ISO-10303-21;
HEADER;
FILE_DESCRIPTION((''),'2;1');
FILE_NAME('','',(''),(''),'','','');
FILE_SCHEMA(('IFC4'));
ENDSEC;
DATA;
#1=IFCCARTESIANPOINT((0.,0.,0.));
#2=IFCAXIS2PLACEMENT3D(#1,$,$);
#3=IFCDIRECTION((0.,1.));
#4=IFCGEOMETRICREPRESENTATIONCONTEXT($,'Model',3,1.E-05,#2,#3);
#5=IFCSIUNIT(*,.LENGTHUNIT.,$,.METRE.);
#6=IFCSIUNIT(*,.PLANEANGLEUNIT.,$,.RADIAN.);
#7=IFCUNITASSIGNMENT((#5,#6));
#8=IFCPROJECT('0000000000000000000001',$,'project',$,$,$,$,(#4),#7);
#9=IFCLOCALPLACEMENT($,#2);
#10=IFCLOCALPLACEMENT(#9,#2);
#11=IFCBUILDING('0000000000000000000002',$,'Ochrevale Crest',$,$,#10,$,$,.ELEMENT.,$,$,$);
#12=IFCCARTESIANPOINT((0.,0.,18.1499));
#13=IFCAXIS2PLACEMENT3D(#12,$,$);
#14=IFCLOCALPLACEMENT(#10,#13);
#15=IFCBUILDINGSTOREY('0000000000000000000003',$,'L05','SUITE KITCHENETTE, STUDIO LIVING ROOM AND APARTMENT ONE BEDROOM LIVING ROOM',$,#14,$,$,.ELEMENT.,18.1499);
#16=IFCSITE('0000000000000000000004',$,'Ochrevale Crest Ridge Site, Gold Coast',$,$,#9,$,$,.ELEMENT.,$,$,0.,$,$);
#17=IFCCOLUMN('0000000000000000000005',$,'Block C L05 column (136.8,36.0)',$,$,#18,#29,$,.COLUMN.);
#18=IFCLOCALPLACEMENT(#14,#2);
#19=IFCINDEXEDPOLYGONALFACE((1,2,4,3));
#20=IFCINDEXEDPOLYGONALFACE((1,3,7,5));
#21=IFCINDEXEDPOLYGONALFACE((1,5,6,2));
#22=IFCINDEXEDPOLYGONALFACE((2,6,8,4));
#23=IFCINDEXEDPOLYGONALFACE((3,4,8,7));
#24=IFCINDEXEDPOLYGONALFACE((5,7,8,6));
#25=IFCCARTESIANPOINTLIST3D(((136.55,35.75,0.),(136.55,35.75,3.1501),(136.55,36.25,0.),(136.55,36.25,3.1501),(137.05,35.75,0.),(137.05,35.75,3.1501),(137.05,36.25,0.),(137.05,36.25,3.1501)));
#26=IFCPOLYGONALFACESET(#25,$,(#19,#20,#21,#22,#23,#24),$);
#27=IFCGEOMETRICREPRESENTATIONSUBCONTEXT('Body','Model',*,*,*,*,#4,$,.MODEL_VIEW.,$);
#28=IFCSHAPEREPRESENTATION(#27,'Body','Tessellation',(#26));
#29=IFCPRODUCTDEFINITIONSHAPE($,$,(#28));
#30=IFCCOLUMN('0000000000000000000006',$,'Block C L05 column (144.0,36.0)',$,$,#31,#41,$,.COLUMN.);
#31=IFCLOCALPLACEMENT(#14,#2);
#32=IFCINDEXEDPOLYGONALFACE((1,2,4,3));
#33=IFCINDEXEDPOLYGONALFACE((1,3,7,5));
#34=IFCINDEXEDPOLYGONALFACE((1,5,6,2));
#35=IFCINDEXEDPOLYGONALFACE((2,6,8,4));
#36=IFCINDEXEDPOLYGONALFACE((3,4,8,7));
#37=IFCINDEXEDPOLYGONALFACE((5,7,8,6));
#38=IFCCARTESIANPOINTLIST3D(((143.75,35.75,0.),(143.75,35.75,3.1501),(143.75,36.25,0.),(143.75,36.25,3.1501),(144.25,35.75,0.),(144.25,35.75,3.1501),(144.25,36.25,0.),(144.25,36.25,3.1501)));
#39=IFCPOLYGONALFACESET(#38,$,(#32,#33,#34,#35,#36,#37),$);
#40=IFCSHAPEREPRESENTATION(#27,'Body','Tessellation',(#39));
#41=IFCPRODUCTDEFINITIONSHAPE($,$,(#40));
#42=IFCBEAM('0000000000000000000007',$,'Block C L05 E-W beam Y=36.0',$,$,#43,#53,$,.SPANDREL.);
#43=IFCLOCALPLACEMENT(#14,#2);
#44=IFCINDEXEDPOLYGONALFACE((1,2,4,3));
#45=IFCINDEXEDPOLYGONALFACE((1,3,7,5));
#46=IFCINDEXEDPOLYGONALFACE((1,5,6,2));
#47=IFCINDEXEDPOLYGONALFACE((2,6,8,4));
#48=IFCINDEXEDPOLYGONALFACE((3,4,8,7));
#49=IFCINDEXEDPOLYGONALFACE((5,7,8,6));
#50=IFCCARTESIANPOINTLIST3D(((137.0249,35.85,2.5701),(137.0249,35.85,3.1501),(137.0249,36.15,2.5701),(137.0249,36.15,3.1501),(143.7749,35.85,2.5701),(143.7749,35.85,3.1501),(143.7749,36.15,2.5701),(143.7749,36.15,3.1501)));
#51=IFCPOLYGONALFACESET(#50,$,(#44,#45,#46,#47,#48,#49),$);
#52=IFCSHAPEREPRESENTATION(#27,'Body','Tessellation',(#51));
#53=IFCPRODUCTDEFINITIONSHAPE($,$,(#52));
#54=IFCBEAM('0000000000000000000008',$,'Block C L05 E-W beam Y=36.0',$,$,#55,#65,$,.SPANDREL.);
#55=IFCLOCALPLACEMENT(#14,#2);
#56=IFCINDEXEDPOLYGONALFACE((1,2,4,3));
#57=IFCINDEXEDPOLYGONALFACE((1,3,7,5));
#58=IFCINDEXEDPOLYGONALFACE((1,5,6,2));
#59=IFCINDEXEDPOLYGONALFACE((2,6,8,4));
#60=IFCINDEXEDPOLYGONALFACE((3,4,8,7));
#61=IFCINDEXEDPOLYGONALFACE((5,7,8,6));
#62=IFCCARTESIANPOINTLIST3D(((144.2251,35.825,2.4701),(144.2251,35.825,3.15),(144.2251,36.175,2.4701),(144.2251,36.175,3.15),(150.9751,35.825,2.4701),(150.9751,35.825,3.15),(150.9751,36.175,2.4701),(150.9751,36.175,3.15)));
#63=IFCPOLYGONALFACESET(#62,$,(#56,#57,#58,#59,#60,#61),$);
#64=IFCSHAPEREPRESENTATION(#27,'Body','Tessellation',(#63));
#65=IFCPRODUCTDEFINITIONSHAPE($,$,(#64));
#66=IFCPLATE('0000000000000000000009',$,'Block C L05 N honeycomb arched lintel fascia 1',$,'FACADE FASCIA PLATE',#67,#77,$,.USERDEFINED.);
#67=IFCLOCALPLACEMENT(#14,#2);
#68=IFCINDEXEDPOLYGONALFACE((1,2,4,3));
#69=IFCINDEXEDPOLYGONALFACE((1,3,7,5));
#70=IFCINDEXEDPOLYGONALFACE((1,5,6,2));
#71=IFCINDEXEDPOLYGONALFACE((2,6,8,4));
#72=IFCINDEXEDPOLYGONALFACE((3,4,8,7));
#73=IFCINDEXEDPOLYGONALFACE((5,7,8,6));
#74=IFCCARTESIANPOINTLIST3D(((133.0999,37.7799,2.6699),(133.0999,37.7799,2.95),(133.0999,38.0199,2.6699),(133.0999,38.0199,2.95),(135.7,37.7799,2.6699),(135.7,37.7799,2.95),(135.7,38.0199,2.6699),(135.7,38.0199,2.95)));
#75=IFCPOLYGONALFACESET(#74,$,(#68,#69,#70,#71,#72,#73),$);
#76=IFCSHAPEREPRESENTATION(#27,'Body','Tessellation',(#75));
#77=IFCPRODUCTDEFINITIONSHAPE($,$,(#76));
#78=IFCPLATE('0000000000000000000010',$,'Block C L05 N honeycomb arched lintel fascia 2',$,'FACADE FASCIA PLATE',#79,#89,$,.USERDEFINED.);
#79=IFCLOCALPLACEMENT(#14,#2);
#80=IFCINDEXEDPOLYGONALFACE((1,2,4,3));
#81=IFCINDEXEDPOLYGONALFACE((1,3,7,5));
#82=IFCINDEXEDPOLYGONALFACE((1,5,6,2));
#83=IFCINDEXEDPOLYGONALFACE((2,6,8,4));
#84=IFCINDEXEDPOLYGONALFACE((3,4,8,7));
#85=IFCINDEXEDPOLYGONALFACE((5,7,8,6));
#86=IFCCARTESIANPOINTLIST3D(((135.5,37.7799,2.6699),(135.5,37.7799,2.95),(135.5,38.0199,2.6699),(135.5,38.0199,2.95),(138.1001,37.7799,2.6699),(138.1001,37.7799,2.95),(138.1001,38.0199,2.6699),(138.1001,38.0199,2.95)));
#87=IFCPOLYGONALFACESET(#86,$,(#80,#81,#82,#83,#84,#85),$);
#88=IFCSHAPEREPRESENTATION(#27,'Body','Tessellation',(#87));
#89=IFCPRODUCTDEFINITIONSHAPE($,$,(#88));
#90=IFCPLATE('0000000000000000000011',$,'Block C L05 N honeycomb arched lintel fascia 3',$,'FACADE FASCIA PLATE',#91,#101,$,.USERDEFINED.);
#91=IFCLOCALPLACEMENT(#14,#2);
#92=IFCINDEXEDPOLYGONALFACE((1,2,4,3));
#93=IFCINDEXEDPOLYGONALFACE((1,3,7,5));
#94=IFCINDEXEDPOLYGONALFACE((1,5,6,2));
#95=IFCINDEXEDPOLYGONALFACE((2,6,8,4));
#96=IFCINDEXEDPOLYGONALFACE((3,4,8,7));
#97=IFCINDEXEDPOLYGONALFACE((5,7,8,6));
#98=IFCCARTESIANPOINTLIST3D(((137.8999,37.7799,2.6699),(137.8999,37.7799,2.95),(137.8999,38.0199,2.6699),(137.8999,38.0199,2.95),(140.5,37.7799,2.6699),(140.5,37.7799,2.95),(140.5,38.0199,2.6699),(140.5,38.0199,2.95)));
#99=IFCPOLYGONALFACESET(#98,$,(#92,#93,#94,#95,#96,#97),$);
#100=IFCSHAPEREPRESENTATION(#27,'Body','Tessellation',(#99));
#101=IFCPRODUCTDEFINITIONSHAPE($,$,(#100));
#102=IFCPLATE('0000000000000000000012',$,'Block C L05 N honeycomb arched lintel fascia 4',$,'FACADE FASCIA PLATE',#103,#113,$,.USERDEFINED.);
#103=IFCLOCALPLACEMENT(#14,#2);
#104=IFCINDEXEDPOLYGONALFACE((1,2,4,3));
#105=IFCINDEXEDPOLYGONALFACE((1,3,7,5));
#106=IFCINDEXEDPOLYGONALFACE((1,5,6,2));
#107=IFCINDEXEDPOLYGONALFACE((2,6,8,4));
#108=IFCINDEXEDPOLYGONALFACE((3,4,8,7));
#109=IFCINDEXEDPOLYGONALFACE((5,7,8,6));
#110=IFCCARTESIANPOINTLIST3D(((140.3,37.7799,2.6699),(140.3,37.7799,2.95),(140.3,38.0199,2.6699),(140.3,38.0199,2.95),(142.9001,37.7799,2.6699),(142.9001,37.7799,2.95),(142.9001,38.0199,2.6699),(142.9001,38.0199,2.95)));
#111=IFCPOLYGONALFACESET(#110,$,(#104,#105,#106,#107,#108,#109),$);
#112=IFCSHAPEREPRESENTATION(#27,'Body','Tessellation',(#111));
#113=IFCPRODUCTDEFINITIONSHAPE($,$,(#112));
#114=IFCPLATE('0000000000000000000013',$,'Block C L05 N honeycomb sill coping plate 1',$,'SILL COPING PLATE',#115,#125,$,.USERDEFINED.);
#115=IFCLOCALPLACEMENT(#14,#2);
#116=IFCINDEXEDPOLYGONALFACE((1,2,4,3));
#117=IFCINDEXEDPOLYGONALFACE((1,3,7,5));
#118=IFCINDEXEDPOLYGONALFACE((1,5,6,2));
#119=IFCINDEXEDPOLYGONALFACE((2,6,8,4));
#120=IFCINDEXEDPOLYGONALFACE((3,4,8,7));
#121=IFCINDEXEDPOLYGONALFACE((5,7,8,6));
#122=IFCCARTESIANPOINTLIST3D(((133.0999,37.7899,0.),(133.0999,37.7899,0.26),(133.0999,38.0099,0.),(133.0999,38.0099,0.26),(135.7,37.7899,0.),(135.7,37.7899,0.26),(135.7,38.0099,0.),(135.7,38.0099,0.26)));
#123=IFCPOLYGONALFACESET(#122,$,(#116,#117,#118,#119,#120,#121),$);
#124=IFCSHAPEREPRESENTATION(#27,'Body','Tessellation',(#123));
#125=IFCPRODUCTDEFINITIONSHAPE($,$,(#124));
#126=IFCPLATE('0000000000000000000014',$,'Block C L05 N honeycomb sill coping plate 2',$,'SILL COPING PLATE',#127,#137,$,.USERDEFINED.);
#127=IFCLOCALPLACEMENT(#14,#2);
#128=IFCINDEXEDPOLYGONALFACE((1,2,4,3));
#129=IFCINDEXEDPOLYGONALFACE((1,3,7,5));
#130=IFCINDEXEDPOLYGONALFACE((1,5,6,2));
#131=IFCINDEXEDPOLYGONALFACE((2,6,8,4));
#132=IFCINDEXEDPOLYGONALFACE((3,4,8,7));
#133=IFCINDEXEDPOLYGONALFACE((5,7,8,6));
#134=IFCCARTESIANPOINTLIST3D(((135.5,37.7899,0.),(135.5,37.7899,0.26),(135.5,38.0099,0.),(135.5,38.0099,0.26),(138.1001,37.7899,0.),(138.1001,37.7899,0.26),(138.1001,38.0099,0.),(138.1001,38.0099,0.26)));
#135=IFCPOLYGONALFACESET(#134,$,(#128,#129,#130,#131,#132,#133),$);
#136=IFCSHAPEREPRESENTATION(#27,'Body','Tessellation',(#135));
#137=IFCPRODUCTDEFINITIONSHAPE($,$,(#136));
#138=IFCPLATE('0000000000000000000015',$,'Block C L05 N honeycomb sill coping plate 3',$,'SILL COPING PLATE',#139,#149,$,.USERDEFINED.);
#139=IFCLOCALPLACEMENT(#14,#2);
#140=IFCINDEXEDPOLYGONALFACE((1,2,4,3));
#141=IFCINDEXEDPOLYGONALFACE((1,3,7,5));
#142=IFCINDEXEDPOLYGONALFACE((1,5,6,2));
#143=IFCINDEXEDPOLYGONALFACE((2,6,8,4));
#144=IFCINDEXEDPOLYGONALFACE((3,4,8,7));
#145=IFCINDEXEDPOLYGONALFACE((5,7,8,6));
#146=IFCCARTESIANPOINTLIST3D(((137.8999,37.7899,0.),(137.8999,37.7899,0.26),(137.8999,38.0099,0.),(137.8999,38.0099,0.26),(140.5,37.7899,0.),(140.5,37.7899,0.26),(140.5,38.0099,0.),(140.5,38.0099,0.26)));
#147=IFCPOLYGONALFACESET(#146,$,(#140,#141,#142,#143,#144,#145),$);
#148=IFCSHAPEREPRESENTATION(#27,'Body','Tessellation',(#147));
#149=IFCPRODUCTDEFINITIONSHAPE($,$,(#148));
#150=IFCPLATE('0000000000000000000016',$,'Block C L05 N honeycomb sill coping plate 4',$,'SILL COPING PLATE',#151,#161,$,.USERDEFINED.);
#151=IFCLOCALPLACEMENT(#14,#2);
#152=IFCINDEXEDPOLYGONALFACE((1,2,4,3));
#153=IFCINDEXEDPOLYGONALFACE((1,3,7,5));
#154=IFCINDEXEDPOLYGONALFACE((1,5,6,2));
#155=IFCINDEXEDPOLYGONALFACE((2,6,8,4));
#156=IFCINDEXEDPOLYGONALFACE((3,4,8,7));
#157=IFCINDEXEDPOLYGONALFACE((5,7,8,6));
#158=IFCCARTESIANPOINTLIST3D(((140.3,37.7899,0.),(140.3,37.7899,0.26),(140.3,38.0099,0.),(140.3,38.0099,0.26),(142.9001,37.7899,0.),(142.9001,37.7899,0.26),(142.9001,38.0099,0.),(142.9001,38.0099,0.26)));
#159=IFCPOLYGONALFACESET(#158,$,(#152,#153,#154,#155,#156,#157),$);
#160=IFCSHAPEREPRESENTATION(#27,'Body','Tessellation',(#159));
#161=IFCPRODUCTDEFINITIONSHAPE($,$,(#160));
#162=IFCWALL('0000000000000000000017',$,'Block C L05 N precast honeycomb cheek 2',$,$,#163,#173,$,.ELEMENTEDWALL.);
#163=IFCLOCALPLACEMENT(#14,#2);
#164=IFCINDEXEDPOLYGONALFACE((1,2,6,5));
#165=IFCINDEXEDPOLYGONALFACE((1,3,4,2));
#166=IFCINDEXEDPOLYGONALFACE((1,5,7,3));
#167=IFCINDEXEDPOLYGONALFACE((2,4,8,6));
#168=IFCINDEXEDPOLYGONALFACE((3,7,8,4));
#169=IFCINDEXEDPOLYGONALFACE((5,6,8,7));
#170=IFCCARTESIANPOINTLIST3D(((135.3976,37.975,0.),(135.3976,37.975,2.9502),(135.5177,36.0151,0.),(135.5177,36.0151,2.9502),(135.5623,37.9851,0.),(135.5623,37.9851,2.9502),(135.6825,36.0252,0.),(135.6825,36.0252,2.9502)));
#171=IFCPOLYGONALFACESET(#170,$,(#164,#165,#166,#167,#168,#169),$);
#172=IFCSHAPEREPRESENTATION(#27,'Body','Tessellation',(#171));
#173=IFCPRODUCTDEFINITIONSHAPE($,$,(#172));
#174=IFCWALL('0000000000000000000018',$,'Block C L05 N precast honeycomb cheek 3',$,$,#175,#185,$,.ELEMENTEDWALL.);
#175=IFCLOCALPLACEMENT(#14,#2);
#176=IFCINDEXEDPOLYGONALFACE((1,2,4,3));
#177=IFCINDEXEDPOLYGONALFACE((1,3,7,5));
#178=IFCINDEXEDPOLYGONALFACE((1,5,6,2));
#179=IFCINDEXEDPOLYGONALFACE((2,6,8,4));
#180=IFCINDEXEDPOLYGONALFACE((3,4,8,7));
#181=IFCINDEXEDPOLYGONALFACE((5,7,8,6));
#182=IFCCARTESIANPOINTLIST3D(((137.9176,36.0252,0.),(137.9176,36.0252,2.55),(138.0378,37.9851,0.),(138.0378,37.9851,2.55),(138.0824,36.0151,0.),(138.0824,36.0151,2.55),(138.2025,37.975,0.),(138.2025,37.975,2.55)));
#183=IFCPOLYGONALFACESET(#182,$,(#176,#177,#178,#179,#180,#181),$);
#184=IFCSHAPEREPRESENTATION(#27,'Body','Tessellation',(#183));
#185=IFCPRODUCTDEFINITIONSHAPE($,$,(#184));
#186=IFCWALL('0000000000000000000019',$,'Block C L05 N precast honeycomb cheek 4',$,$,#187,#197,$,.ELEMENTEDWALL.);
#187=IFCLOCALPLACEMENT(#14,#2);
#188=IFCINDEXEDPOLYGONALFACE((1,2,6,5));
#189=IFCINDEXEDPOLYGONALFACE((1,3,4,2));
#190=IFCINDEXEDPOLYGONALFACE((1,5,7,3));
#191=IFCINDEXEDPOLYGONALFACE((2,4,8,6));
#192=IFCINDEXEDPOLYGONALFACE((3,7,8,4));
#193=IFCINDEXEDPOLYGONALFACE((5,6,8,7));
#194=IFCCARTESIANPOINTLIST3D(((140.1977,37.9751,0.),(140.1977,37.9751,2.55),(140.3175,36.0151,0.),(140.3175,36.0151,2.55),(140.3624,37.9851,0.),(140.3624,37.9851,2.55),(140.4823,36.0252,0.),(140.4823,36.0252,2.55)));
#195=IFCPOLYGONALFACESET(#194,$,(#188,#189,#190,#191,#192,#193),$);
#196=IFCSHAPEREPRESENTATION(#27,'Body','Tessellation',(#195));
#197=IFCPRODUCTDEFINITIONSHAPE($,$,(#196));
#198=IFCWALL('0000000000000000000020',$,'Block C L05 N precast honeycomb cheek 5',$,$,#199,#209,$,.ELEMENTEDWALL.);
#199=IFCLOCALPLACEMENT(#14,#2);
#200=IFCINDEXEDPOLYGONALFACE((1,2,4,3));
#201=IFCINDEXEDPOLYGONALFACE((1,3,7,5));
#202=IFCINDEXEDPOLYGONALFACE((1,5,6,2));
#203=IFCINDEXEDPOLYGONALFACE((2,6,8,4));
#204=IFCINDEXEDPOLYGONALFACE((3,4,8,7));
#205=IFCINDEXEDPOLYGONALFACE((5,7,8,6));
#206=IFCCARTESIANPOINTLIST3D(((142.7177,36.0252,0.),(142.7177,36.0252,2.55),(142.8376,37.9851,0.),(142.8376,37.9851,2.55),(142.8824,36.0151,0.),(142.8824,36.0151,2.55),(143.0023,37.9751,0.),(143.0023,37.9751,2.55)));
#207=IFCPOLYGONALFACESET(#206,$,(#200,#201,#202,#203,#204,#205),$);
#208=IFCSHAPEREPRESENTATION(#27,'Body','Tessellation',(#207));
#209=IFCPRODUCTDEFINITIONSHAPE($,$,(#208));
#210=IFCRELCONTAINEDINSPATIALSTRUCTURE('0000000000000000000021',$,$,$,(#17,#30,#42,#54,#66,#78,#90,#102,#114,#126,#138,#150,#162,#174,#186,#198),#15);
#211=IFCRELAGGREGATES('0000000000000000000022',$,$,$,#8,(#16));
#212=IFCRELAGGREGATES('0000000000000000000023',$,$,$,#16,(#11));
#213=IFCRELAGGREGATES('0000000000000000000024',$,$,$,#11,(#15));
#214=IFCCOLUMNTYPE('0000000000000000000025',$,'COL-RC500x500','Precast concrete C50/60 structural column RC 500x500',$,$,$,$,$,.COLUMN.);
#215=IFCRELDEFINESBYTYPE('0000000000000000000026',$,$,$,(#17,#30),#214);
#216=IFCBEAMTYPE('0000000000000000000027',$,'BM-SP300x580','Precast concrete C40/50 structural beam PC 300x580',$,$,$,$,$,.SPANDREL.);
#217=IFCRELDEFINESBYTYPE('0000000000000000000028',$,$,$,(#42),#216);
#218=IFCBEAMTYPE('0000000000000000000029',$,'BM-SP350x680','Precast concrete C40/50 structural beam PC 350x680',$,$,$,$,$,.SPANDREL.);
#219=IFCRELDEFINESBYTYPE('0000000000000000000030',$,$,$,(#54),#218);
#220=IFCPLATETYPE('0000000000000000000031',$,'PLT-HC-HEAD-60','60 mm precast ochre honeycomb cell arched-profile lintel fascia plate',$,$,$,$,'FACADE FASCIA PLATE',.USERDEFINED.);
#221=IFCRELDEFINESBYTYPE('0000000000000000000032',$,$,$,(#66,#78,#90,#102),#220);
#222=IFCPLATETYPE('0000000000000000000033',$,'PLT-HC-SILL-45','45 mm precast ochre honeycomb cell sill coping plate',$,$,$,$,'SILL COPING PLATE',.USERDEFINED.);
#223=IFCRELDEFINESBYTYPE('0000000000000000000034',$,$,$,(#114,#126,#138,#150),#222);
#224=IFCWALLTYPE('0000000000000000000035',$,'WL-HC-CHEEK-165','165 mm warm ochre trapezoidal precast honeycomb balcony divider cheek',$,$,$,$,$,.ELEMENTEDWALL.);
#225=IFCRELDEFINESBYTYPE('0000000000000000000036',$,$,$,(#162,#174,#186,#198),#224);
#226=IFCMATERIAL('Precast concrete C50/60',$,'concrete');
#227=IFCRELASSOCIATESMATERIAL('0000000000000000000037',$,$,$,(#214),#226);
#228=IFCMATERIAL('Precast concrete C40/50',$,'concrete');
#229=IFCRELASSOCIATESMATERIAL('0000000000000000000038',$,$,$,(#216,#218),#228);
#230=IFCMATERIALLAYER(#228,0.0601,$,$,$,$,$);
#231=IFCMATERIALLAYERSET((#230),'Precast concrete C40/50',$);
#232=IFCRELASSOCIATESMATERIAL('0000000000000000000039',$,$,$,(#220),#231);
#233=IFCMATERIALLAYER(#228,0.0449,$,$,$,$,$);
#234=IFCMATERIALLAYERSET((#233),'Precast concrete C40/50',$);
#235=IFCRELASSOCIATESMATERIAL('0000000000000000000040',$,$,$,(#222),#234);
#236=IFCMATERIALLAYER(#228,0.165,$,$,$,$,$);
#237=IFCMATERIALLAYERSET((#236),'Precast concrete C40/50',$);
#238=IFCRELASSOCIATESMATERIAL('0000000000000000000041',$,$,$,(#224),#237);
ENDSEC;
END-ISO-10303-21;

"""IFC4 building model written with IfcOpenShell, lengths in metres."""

from ifc_helpers import new_model, si_unit, direction, frame, frame_2d, origin, origin_2d, place, context, subcontext, project, spatial, rectangle, extrude, material, layer, layer_set, material_profile, profile_set, type_object, element, save


model = new_model("IFC4")

# Units and contexts
model_context = context("Model", 3, precision=1e-05, world=origin(), true_north=direction((0.0, 1.0)))
body_context = subcontext(model_context, "Body", "Model", "MODEL_VIEW")
ifc_project = project(units=[si_unit("LENGTHUNIT", "METRE"), si_unit("PLANEANGLEUNIT", "RADIAN")], contexts=[model_context])

# Site, building, storey
site_placement = place(None, origin())
site = spatial("IfcSite", under=ifc_project, at=site_placement, Name="Ochrevale Crest Ridge Site, Gold Coast", CompositionType="ELEMENT", RefElevation=0.0)
building_placement = place(site_placement, origin())
building = spatial("IfcBuilding", under=site, at=building_placement, Name="Ochrevale Crest", CompositionType="ELEMENT")
storey_placement = place(building_placement, frame((0.0, 0.0, 18.1499)))
storey = spatial("IfcBuildingStorey", under=building, at=storey_placement, Name="L05", Description="SUITE KITCHENETTE, STUDIO LIVING ROOM AND APARTMENT ONE BEDROOM LIVING ROOM", CompositionType="ELEMENT", Elevation=18.1499)

# Columns
ifc_material_1 = material(Name="Precast concrete C50/60", Category="concrete")
ifc_material_profile_1 = material_profile(ifc_material_1, rectangle(XDim=0.5, YDim=0.5, at=origin_2d()), Name="RC 500x500")
ifc_profile_set_1 = profile_set([ifc_material_profile_1], Name="Precast concrete C50/60")
column_type = type_object("IfcColumnType", Name="COL-RC500x500", Description="Precast concrete C50/60 structural column RC 500x500", PredefinedType="COLUMN", material=ifc_profile_set_1)
for number, where, z_axis, x_axis, name in (
    (1, (136.8, 36.0, 0.0), (0.0, 0.0, 1.0), (1.0, 0.0, 0.0), "Block C L05 column (136.8,36.0)"),
    (2, (144.0, 36.0, 0.0), (0.0, 0.0, 1.0), (1.0, 0.0, 0.0), "Block C L05 column (144.0,36.0)"),
):
    element("IfcColumn", number, at=place(storey_placement, frame(where, z_axis=z_axis, x_axis=x_axis)), inside=storey, type_object=column_type, Name=name, PredefinedType="COLUMN", context=body_context, shape_type="SweptSolid", body=[
        extrude(rectangle(XDim=0.5, YDim=0.5, at=origin_2d()), origin(), (0.0, 0.0, 1.0), 3.1501),
    ])

# Beams
ifc_material_2 = material(Name="Precast concrete C40/50", Category="concrete")
ifc_material_profile_2 = material_profile(ifc_material_2, rectangle(XDim=0.3, YDim=0.5801, at=origin_2d()), Name="PC 300x580")
ifc_profile_set_2 = profile_set([ifc_material_profile_2], Name="Precast concrete C40/50")
beam_type_1 = type_object("IfcBeamType", Name="BM-SP300x580", Description="Precast concrete C40/50 structural beam PC 300x580", PredefinedType="SPANDREL", material=ifc_profile_set_2)
beam_1_placement = place(storey_placement, frame((137.0249, 36.0, 2.8601), z_axis=(1.0, 0.0, 0.0), x_axis=(0.0, 1.0, 0.0)))
element("IfcBeam", 3, at=beam_1_placement, inside=storey, type_object=beam_type_1, Name="Block C L05 E-W beam Y=36.0", PredefinedType="SPANDREL", context=body_context, shape_type="SweptSolid", body=[
    extrude(rectangle(XDim=0.3, YDim=0.5801, at=origin_2d()), origin(), (0.0, 0.0, 1.0), 6.75),
])
ifc_material_profile_3 = material_profile(ifc_material_2, rectangle(XDim=0.3501, YDim=0.6799, at=origin_2d()), Name="PC 350x680")
ifc_profile_set_3 = profile_set([ifc_material_profile_3], Name="Precast concrete C40/50")
beam_type_2 = type_object("IfcBeamType", Name="BM-SP350x680", Description="Precast concrete C40/50 structural beam PC 350x680", PredefinedType="SPANDREL", material=ifc_profile_set_3)
beam_2_placement = place(storey_placement, frame((144.2251, 36.0, 2.8101), z_axis=(1.0, 0.0, 0.0), x_axis=(0.0, 1.0, 0.0)))
element("IfcBeam", 4, at=beam_2_placement, inside=storey, type_object=beam_type_2, Name="Block C L05 E-W beam Y=36.0", PredefinedType="SPANDREL", context=body_context, shape_type="SweptSolid", body=[
    extrude(rectangle(XDim=0.3501, YDim=0.6799, at=origin_2d()), origin(), (0.0, 0.0, 1.0), 6.75),
])

# Plates
ifc_layer_1 = layer(ifc_material_2, 0.0601)
ifc_layer_set_1 = layer_set([ifc_layer_1], Name="Precast concrete C40/50")
plate_type_1 = type_object("IfcPlateType", Name="PLT-HC-HEAD-60", Description="60 mm precast ochre honeycomb cell arched-profile lintel fascia plate", ElementType="FACADE FASCIA PLATE", PredefinedType="USERDEFINED", material=ifc_layer_set_1)
for number, where, z_axis, x_axis, name in (
    (5, (134.3999, 37.8999, 2.6699), (0.0, 0.0, 1.0), (1.0, 0.0, 0.0), "Block C L05 N honeycomb arched lintel fascia 1"),
    (6, (136.8, 37.8999, 2.6699), (0.0, 0.0, 1.0), (1.0, 0.0, 0.0), "Block C L05 N honeycomb arched lintel fascia 2"),
    (7, (139.2, 37.8999, 2.6699), (0.0, 0.0, 1.0), (1.0, 0.0, 0.0), "Block C L05 N honeycomb arched lintel fascia 3"),
    (8, (141.6001, 37.8999, 2.6699), (0.0, 0.0, 1.0), (1.0, 0.0, 0.0), "Block C L05 N honeycomb arched lintel fascia 4"),
):
    element("IfcPlate", number, at=place(storey_placement, frame(where, z_axis=z_axis, x_axis=x_axis)), inside=storey, type_object=plate_type_1, Name=name, ObjectType="FACADE FASCIA PLATE", PredefinedType="USERDEFINED", context=body_context, shape_type="SweptSolid", body=[
        extrude(rectangle(XDim=2.6001, YDim=0.24, at=origin_2d()), origin(), (0.0, 0.0, 1.0), 0.28),
    ])
ifc_layer_2 = layer(ifc_material_2, 0.0449)
ifc_layer_set_2 = layer_set([ifc_layer_2], Name="Precast concrete C40/50")
plate_type_2 = type_object("IfcPlateType", Name="PLT-HC-SILL-45", Description="45 mm precast ochre honeycomb cell sill coping plate", ElementType="SILL COPING PLATE", PredefinedType="USERDEFINED", material=ifc_layer_set_2)
for number, where, z_axis, x_axis, name in (
    (9, (134.3999, 37.8999, 0.0), (0.0, 0.0, 1.0), (1.0, 0.0, 0.0), "Block C L05 N honeycomb sill coping plate 1"),
    (10, (136.8, 37.8999, 0.0), (0.0, 0.0, 1.0), (1.0, 0.0, 0.0), "Block C L05 N honeycomb sill coping plate 2"),
    (11, (139.2, 37.8999, 0.0), (0.0, 0.0, 1.0), (1.0, 0.0, 0.0), "Block C L05 N honeycomb sill coping plate 3"),
    (12, (141.6001, 37.8999, 0.0), (0.0, 0.0, 1.0), (1.0, 0.0, 0.0), "Block C L05 N honeycomb sill coping plate 4"),
):
    element("IfcPlate", number, at=place(storey_placement, frame(where, z_axis=z_axis, x_axis=x_axis)), inside=storey, type_object=plate_type_2, Name=name, ObjectType="SILL COPING PLATE", PredefinedType="USERDEFINED", context=body_context, shape_type="SweptSolid", body=[
        extrude(rectangle(XDim=2.6001, YDim=0.22, at=origin_2d()), origin(), (0.0, 0.0, 1.0), 0.26),
    ])

# Walls
ifc_layer_3 = layer(ifc_material_2, 0.165)
ifc_layer_set_3 = layer_set([ifc_layer_3], Name="Precast concrete C40/50")
wall_type_1 = type_object("IfcWallType", Name="WL-HC-CHEEK-165", Description="165 mm warm ochre trapezoidal precast honeycomb balcony divider cheek", PredefinedType="ELEMENTEDWALL", material=ifc_layer_set_3)
wall_1_placement = place(storey_placement, frame((135.6001, 36.02, 0.0), z_axis=(0.0, 0.0, 1.0), x_axis=(-0.061171, 0.998127, 0.0)))
element("IfcWall", 13, at=wall_1_placement, inside=storey, type_object=wall_type_1, Name="Block C L05 N precast honeycomb cheek 2", PredefinedType="ELEMENTEDWALL", context=body_context, shape_type="SweptSolid", body=[
    extrude(rectangle(XDim=1.9636, YDim=0.165, at=frame_2d((0.9819, 0.0))), origin(), (0.0, 0.0, 1.0), 2.9502),
])
for number, where, z_axis, x_axis, name in (
    (14, (138.0, 36.02, 0.0), (0.0, 0.0, 1.0), (0.061171, 0.998127, 0.0), "Block C L05 N precast honeycomb cheek 3"),
    (15, (140.3999, 36.02, 0.0), (0.0, 0.0, 1.0), (-0.061047, 0.998135, 0.0), "Block C L05 N precast honeycomb cheek 4"),
    (16, (142.8, 36.02, 0.0), (0.0, 0.0, 1.0), (0.061047, 0.998135, 0.0), "Block C L05 N precast honeycomb cheek 5"),
):
    element("IfcWall", number, at=place(storey_placement, frame(where, z_axis=z_axis, x_axis=x_axis)), inside=storey, type_object=wall_type_1, Name=name, PredefinedType="ELEMENTEDWALL", context=body_context, shape_type="SweptSolid", body=[
        extrude(rectangle(XDim=1.9636, YDim=0.165, at=frame_2d((0.9819, 0.0))), origin(), (0.0, 0.0, 1.0), 2.55),
    ])

save(model, "model.ifc")
